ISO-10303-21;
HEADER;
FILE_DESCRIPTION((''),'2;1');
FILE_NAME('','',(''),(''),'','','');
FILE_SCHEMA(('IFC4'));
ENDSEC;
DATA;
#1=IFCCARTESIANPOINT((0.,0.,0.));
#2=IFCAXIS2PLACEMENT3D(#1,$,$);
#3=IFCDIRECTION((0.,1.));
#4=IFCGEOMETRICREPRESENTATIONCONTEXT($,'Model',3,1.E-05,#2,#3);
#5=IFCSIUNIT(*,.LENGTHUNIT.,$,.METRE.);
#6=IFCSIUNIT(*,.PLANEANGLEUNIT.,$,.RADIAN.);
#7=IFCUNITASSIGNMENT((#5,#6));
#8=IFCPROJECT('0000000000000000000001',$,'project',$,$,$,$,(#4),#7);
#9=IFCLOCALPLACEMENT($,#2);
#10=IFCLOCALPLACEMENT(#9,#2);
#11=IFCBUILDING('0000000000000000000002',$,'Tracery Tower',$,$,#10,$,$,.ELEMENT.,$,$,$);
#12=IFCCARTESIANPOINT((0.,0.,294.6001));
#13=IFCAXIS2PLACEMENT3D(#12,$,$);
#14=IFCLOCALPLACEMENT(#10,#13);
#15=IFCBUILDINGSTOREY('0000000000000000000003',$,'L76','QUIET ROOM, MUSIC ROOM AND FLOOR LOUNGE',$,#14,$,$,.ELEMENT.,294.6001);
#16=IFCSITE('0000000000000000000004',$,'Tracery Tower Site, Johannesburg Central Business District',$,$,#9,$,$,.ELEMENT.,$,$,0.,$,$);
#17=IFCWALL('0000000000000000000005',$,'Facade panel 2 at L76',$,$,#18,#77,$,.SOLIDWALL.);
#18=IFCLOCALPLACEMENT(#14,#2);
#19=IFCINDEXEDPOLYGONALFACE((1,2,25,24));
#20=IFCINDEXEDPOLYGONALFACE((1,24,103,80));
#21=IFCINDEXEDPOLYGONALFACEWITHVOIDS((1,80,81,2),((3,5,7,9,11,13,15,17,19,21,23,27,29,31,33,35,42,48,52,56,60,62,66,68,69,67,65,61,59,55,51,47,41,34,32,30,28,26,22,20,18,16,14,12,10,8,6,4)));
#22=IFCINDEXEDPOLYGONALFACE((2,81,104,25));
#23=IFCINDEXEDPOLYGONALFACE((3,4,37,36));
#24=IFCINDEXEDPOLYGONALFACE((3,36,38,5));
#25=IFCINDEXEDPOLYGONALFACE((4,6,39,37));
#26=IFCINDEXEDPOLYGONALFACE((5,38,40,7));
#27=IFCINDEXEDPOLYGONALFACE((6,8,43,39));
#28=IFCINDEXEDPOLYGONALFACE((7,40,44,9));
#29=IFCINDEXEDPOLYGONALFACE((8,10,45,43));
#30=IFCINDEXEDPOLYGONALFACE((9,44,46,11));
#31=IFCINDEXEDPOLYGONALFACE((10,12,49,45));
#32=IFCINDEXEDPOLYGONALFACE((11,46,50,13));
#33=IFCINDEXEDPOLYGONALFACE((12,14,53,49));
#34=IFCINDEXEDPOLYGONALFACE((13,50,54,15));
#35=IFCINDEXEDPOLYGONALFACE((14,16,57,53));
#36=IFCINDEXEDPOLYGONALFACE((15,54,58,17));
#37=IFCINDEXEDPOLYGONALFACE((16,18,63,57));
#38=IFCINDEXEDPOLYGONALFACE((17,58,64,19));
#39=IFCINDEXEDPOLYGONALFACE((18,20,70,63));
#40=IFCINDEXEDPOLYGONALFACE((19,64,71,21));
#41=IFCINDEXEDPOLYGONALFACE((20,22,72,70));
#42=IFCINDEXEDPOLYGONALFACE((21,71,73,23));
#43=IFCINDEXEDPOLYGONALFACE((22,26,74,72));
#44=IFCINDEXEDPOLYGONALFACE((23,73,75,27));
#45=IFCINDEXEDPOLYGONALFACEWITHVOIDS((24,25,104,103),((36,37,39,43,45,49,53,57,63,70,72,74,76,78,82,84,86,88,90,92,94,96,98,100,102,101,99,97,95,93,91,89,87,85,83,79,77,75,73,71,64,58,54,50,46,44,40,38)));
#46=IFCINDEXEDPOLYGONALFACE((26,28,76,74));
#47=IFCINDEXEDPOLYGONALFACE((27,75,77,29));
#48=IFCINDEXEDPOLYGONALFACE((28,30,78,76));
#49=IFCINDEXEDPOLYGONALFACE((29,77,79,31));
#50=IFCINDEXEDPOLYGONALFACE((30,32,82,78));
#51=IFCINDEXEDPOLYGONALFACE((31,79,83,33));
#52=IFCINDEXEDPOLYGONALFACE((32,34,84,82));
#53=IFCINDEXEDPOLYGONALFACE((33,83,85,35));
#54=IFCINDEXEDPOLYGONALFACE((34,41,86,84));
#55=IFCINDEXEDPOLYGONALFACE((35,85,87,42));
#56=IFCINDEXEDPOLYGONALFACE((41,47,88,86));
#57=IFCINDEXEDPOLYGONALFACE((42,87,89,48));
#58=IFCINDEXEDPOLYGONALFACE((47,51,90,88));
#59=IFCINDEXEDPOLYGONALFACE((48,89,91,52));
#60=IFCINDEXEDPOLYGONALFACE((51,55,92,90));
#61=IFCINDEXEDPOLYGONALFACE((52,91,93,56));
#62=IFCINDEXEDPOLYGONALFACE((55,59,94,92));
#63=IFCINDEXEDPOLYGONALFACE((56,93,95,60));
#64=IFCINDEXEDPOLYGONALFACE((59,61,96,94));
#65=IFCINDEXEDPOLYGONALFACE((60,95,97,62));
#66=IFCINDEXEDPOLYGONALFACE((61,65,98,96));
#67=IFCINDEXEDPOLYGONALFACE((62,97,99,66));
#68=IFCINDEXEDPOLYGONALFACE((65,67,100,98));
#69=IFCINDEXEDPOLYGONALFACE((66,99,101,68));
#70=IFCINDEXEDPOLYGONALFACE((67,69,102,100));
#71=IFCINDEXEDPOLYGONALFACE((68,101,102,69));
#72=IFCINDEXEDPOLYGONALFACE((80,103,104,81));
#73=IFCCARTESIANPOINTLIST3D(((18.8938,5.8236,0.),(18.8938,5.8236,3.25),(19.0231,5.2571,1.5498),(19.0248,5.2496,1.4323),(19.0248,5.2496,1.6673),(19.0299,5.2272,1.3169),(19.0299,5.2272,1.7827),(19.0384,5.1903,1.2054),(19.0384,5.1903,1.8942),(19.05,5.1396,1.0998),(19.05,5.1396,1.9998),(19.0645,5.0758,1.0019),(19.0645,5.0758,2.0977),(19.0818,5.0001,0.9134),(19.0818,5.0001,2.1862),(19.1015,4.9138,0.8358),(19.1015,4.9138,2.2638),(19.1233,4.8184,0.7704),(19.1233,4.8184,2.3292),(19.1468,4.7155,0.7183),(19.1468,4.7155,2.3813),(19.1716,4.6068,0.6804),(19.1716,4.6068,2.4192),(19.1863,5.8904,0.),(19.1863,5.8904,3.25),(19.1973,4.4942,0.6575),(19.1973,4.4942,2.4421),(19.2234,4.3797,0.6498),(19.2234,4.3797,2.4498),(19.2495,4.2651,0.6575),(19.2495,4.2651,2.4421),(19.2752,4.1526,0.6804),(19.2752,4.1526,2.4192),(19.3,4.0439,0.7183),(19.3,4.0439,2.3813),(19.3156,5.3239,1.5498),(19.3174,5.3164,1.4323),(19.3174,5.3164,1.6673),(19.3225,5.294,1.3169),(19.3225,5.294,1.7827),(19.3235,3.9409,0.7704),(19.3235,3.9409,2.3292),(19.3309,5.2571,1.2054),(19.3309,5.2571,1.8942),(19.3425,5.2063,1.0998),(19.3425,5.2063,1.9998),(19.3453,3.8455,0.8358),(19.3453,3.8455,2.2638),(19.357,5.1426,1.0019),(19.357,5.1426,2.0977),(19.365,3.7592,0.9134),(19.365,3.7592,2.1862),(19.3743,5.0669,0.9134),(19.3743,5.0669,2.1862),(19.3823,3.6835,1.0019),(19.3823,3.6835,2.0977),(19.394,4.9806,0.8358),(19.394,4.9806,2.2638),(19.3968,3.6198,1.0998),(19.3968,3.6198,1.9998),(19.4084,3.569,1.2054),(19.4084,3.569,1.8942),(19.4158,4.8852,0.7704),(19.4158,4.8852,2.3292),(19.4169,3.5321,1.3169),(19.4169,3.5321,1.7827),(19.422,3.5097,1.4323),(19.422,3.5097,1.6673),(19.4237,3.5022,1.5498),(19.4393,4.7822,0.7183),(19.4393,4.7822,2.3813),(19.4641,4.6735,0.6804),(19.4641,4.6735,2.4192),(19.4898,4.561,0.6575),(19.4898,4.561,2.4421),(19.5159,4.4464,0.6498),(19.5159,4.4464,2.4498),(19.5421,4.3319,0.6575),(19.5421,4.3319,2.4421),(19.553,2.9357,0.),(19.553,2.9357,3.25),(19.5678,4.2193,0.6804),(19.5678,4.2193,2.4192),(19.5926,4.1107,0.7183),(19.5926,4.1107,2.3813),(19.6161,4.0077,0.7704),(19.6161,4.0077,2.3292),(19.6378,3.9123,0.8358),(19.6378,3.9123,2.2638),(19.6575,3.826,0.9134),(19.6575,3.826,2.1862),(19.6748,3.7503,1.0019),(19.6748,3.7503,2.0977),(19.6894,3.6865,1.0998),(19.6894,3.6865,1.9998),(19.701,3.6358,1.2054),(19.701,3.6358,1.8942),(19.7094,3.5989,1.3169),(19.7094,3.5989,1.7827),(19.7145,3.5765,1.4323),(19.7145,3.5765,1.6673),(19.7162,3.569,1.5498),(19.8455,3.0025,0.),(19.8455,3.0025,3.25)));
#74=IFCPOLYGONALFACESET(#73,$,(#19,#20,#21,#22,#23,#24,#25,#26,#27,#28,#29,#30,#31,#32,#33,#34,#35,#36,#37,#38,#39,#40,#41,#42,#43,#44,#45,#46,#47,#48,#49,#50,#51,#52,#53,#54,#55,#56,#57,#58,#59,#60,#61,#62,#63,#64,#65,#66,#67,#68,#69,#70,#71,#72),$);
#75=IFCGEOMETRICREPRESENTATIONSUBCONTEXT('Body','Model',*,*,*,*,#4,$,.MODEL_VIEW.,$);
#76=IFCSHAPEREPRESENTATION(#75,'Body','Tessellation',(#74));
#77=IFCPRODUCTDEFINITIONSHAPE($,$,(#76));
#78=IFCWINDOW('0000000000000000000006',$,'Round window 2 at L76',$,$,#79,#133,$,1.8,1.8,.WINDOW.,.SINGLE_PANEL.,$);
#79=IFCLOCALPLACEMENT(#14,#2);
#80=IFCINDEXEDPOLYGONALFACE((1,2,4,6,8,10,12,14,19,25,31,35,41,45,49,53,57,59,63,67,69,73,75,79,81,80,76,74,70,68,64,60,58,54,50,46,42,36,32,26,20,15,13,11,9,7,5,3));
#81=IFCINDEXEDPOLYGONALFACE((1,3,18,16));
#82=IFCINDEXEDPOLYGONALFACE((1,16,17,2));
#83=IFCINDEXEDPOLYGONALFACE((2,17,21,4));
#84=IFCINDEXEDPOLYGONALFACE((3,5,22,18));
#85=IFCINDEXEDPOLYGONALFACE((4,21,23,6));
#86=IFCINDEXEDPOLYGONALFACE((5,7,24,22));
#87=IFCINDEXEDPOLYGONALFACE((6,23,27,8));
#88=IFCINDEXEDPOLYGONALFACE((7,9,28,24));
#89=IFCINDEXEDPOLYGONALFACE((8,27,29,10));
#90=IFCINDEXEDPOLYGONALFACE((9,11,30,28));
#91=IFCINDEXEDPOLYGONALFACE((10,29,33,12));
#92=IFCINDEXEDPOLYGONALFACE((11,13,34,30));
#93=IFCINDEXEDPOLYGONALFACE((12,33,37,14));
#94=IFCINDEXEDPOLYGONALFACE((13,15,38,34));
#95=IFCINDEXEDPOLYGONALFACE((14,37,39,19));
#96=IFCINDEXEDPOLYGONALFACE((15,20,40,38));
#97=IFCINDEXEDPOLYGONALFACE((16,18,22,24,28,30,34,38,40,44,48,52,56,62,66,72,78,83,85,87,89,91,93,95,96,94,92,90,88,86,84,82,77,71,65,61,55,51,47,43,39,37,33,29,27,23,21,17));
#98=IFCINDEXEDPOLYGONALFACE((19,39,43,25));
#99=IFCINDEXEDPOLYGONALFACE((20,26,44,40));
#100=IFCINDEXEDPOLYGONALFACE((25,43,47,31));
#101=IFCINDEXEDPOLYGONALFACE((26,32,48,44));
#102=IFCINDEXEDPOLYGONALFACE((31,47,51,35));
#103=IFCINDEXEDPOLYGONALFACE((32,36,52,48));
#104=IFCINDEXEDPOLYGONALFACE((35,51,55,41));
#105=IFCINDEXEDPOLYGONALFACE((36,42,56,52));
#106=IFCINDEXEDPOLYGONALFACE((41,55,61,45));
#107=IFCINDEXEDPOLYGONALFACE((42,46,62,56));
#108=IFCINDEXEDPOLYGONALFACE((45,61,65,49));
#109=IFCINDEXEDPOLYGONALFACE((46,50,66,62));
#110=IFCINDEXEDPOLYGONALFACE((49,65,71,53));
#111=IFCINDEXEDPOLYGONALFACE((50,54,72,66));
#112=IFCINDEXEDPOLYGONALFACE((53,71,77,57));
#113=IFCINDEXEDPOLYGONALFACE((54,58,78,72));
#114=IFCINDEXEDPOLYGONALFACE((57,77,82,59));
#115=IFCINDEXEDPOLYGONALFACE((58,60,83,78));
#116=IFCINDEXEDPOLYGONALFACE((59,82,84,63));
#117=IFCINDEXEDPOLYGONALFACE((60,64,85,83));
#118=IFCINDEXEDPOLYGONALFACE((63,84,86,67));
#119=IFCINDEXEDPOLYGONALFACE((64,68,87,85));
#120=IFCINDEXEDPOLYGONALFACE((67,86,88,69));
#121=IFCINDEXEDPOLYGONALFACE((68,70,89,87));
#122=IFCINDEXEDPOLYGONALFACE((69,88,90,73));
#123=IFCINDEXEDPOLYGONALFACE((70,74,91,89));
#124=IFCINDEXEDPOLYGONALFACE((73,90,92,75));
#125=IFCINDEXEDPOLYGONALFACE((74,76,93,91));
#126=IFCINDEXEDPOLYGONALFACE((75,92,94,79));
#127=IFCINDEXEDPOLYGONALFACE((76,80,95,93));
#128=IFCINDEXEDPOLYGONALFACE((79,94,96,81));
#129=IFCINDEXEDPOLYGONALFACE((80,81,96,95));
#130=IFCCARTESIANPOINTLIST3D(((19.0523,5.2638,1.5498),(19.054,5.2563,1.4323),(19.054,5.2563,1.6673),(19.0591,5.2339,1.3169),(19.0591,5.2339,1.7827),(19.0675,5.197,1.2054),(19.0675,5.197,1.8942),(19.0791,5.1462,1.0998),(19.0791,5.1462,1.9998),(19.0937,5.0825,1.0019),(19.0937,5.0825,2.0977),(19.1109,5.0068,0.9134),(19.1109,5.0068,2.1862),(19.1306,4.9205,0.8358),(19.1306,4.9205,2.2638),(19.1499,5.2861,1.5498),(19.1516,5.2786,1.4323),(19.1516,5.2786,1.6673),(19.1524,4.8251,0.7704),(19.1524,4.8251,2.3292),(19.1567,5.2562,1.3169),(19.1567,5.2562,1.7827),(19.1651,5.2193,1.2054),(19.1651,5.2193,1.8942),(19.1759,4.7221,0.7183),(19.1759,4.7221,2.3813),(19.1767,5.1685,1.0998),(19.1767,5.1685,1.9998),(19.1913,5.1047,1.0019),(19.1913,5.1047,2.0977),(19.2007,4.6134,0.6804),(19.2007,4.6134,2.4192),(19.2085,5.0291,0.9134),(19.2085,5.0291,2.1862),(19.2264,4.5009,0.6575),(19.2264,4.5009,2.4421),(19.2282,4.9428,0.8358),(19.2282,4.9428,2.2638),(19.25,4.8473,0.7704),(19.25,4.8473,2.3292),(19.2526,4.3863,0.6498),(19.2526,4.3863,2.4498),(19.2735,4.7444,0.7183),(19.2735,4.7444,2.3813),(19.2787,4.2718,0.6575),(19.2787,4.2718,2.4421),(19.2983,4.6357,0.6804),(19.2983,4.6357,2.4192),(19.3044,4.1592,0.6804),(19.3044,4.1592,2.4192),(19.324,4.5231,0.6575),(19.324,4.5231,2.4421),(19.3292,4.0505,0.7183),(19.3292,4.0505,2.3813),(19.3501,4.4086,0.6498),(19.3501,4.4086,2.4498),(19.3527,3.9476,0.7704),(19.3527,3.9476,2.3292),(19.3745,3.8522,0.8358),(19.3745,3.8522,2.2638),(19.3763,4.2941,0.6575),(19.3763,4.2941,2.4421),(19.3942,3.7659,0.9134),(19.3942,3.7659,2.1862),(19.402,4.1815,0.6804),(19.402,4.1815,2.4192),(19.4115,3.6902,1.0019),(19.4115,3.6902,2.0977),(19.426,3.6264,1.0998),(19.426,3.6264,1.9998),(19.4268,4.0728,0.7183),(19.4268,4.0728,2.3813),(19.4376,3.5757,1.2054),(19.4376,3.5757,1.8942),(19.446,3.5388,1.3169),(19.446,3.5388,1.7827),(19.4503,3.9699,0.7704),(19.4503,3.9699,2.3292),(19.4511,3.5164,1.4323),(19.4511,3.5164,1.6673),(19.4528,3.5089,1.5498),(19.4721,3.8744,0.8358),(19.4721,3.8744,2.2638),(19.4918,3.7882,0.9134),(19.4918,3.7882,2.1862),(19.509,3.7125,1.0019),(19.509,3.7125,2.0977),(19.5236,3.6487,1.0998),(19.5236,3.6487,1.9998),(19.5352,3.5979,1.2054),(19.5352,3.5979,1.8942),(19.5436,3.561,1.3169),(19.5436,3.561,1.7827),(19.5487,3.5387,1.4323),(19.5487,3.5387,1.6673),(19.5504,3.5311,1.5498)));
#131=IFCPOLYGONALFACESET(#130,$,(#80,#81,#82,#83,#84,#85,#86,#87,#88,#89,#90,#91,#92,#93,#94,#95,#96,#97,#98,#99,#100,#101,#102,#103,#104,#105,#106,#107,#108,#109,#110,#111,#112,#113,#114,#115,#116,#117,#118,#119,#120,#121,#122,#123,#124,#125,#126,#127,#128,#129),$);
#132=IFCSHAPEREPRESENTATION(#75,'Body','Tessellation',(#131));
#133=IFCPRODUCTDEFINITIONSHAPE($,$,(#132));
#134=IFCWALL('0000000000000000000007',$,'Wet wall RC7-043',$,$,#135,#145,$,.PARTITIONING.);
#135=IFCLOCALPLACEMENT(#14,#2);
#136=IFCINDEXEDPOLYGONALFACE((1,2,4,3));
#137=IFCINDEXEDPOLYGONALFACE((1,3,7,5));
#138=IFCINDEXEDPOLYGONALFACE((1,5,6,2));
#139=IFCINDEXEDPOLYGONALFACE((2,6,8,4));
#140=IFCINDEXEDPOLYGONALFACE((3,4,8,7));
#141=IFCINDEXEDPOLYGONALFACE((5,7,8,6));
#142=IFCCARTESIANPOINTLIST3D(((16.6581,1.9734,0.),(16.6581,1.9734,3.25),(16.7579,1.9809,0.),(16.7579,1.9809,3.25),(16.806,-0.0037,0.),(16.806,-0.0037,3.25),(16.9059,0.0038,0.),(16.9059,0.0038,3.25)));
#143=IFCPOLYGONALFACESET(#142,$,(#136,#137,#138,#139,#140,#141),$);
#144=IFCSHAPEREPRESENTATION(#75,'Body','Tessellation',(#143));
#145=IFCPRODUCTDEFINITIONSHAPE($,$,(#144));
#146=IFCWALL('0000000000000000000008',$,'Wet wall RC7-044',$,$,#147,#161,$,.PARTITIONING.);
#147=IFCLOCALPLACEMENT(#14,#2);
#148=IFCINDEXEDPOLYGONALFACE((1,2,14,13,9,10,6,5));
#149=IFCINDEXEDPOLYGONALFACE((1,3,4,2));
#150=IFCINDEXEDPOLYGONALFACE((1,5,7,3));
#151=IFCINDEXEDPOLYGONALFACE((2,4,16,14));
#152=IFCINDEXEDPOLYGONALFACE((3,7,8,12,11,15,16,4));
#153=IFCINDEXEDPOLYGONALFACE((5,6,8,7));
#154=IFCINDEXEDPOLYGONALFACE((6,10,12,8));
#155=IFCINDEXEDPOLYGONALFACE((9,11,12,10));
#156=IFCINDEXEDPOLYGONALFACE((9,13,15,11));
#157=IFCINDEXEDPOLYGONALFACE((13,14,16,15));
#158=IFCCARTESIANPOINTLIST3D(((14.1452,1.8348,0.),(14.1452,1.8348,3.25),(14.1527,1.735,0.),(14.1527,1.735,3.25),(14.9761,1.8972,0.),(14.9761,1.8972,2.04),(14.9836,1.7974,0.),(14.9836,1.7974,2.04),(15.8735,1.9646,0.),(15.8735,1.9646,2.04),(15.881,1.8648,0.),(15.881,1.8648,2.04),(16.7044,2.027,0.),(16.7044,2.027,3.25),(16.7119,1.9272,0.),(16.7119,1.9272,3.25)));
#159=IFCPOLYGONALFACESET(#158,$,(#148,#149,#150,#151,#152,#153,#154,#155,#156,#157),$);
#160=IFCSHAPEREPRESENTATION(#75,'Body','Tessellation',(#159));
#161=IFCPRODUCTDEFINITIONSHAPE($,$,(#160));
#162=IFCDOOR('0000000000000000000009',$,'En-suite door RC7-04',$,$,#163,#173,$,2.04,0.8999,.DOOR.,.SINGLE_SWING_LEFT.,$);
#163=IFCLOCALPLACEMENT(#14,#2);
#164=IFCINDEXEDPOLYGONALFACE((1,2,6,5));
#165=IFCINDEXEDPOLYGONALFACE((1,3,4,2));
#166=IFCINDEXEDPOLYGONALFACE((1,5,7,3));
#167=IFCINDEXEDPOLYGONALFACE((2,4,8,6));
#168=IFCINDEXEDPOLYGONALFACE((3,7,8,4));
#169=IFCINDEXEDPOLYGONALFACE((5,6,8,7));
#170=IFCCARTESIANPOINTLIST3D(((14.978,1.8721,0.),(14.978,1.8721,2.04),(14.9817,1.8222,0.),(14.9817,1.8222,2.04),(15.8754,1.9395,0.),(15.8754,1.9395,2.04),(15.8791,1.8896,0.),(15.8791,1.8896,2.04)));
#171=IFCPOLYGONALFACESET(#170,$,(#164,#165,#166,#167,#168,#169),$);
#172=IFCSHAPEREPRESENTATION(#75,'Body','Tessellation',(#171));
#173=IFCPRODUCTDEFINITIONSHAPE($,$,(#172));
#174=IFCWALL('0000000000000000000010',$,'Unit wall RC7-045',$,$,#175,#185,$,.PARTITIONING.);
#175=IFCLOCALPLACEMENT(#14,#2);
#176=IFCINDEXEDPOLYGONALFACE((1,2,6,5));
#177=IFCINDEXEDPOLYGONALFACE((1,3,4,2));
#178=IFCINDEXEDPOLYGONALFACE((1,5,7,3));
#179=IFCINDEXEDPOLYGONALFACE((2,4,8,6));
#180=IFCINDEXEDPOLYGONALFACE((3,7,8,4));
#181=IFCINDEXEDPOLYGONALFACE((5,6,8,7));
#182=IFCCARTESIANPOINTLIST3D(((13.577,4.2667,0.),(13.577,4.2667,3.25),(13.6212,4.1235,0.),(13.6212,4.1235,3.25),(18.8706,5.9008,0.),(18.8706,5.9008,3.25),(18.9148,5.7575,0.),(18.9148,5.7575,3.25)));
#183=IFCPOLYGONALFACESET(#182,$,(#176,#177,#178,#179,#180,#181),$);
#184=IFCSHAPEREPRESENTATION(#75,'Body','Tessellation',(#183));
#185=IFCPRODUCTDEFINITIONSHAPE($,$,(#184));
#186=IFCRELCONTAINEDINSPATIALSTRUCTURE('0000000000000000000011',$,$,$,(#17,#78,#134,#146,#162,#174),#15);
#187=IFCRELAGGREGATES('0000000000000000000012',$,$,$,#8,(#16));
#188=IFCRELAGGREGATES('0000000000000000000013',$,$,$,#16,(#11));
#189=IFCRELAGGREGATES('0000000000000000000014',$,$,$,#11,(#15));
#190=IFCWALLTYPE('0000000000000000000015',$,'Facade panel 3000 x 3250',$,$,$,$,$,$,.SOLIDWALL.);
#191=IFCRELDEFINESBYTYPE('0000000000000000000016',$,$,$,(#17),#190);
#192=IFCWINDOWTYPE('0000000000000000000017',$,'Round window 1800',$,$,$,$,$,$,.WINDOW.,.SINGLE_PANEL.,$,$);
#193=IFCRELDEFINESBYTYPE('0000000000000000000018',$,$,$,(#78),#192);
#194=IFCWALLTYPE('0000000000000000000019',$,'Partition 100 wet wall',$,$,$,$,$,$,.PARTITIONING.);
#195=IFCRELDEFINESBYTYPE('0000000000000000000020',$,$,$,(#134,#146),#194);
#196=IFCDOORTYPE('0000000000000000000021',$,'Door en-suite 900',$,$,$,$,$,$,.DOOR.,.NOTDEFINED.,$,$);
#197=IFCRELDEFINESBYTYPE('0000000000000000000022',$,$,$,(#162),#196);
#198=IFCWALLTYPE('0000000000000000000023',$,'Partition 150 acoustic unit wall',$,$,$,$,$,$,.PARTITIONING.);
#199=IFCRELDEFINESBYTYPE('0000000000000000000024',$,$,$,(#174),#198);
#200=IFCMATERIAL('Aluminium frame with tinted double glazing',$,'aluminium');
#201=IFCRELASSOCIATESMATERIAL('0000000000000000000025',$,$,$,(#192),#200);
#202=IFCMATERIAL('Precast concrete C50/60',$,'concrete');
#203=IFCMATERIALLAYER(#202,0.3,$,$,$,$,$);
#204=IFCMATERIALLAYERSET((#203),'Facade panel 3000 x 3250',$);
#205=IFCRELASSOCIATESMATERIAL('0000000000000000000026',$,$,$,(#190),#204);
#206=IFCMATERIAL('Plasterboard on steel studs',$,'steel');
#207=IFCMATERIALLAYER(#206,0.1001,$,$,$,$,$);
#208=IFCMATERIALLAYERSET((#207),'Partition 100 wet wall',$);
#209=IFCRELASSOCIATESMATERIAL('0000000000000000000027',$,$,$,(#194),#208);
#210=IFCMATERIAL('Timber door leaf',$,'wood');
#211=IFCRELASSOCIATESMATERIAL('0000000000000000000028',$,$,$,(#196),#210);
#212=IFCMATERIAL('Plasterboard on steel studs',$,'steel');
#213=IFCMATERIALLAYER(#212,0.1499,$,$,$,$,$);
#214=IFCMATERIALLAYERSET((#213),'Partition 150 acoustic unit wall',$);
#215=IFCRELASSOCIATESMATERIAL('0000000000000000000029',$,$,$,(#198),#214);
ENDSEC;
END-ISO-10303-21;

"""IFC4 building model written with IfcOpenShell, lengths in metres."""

from ifc_helpers import new_model, si_unit, direction, frame, frame_2d, origin, origin_2d, place, context, subcontext, project, spatial, rectangle, circle, extrude, material, layer, layer_set, type_object, element, fill, save


model = new_model("IFC4")

# Units and contexts
model_context = context("Model", 3, precision=1e-05, world=origin(), true_north=direction((0.0, 1.0)))
body_context = subcontext(model_context, "Body", "Model", "MODEL_VIEW")
ifc_project = project(units=[si_unit("LENGTHUNIT", "METRE"), si_unit("PLANEANGLEUNIT", "RADIAN")], contexts=[model_context])

# Site, building, storey
site_placement = place(None, origin())
site = spatial("IfcSite", under=ifc_project, at=site_placement, Name="Tracery Tower Site, Johannesburg Central Business District", CompositionType="ELEMENT", RefElevation=0.0)
building_placement = place(site_placement, origin())
building = spatial("IfcBuilding", under=site, at=building_placement, Name="Tracery Tower", CompositionType="ELEMENT")
storey_placement = place(building_placement, frame((0.0, 0.0, 294.6001)))
storey = spatial("IfcBuildingStorey", under=building, at=storey_placement, Name="L76", Description="QUIET ROOM, MUSIC ROOM AND FLOOR LOUNGE", CompositionType="ELEMENT", Elevation=294.6001)

# Wall, opening, window
ifc_material_1 = material(Name="Aluminium frame with tinted double glazing", Category="aluminium")
window_type = type_object("IfcWindowType", Name="Round window 1800", PartitioningType="SINGLE_PANEL", PredefinedType="WINDOW", material=ifc_material_1)
ifc_material_2 = material(Name="Precast concrete C50/60", Category="concrete")
ifc_layer_1 = layer(ifc_material_2, 0.3)
ifc_layer_set_1 = layer_set([ifc_layer_1], Name="Facade panel 3000 x 3250")
wall_type_1 = type_object("IfcWallType", Name="Facade panel 3000 x 3250", PredefinedType="SOLIDWALL", material=ifc_layer_set_1)
wall_1_placement = place(storey_placement, frame((19.6992, 2.9692, 0.0), z_axis=(0.0, 0.0, 1.0), x_axis=(-0.222529, 0.974926, 0.0)))
wall_1 = element("IfcWall", 1, at=wall_1_placement, inside=storey, type_object=wall_type_1, Name="Facade panel 2 at L76", PredefinedType="SOLIDWALL", context=body_context, shape_type="SweptSolid", body=[
    extrude(rectangle(XDim=2.9622, YDim=0.3, at=frame_2d((1.481, 0.0))), origin(), (0.0, 0.0, 1.0), 3.25),
])
opening_1_placement = place(wall_1_placement, frame((1.481, 0.0, 1.5498)))
opening_1 = element("IfcOpeningElement", 2, at=opening_1_placement, cuts=wall_1, PredefinedType="OPENING", context=body_context, shape_type="SweptSolid", body=[
    extrude(circle(Radius=0.9, at=origin_2d()), frame((0.0, 0.1599, 0.0), z_axis=(0.0, -1.0, 0.0), x_axis=(1.0, 0.0, 0.0)), (0.0, 0.0, 1.0), 0.3201),
])
window_1_placement = place(opening_1_placement, origin())
window_1 = element("IfcWindow", 3, at=window_1_placement, inside=storey, type_object=window_type, Name="Round window 2 at L76", OverallHeight=1.8, OverallWidth=1.8, PartitioningType="SINGLE_PANEL", PredefinedType="WINDOW", context=body_context, shape_type="SweptSolid", body=[
    extrude(circle(Radius=0.9, at=origin_2d()), frame((0.0, 0.1201, 0.0), z_axis=(0.0, -1.0, 0.0), x_axis=(1.0, 0.0, 0.0)), (0.0, 0.0, 1.0), 0.1001),
])
fill(opening_1, window_1)

# Wall
ifc_material_3 = material(Name="Plasterboard on steel studs", Category="steel")
ifc_layer_2 = layer(ifc_material_3, 0.1001)
ifc_layer_set_2 = layer_set([ifc_layer_2], Name="Partition 100 wet wall")
wall_type_2 = type_object("IfcWallType", Name="Partition 100 wet wall", PredefinedType="PARTITIONING", material=ifc_layer_set_2)
wall_2_placement = place(storey_placement, frame((16.708, 1.9771, 0.0), z_axis=(0.0, 0.0, 1.0), x_axis=(0.074625, -0.997212, 0.0)))
element("IfcWall", 4, at=wall_2_placement, inside=storey, type_object=wall_type_2, Name="Wet wall RC7-043", PredefinedType="PARTITIONING", context=body_context, shape_type="SweptSolid", body=[
    extrude(rectangle(XDim=1.9827, YDim=0.1001, at=frame_2d((0.9912, 0.0))), origin(), (0.0, 0.0, 1.0), 3.25),
])

# Wall, opening, door
wall_3_placement = place(storey_placement, frame((14.1489, 1.7849, 0.0), z_axis=(0.0, 0.0, 1.0), x_axis=(0.997193, 0.07487, 0.0)))
wall_3 = element("IfcWall", 5, at=wall_3_placement, inside=storey, type_object=wall_type_2, Name="Wet wall RC7-044", PredefinedType="PARTITIONING", context=body_context, shape_type="SweptSolid", body=[
    extrude(rectangle(XDim=2.5664, YDim=0.1001, at=frame_2d((1.2832, 0.0))), origin(), (0.0, 0.0, 1.0), 3.25),
])
opening_2_placement = place(wall_3_placement, frame((0.8333, 0.0, 0.0)))
opening_2 = element("IfcOpeningElement", 6, at=opening_2_placement, cuts=wall_3, PredefinedType="OPENING", context=body_context, shape_type="SweptSolid", body=[
    extrude(rectangle(XDim=0.8999, YDim=2.04, at=frame_2d((0.45, 1.02))), frame((0.0, 0.05, 0.0), z_axis=(0.0, -1.0, 0.0), x_axis=(1.0, 0.0, 0.0)), (0.0, 0.0, 1.0), 0.1001),
])
ifc_material_4 = material(Name="Timber door leaf", Category="wood")
door_type_1 = type_object("IfcDoorType", Name="Door en-suite 900", OperationType="NOTDEFINED", PredefinedType="DOOR", material=ifc_material_4)
door_1_placement = place(opening_2_placement, origin())
door_1 = element("IfcDoor", 7, at=door_1_placement, inside=storey, type_object=door_type_1, Name="En-suite door RC7-04", OperationType="SINGLE_SWING_LEFT", OverallHeight=2.04, OverallWidth=0.8999, PredefinedType="DOOR", context=body_context, shape_type="SweptSolid", body=[
    extrude(rectangle(XDim=0.8999, YDim=2.04, at=frame_2d((0.45, 1.02))), frame((0.0, 0.0249, 0.0), z_axis=(0.0, -1.0, 0.0), x_axis=(1.0, 0.0, 0.0)), (0.0, 0.0, 1.0), 0.05),
])
fill(opening_2, door_1)

# Wall
ifc_material_5 = material(Name="Plasterboard on steel studs", Category="steel")
ifc_layer_3 = layer(ifc_material_5, 0.1499)
ifc_layer_set_3 = layer_set([ifc_layer_3], Name="Partition 150 acoustic unit wall")
wall_type_3 = type_object("IfcWallType", Name="Partition 150 acoustic unit wall", PredefinedType="PARTITIONING", material=ifc_layer_set_3)
wall_4_placement = place(storey_placement, frame((13.5991, 4.1951, 0.0), z_axis=(0.0, 0.0, 1.0), x_axis=(0.955511, 0.294956, 0.0)))
element("IfcWall", 8, at=wall_4_placement, inside=storey, type_object=wall_type_3, Name="Unit wall RC7-045", PredefinedType="PARTITIONING", context=body_context, shape_type="SweptSolid", body=[
    extrude(rectangle(XDim=5.54, YDim=0.1499, at=frame_2d((2.77, 0.0))), origin(), (0.0, 0.0, 1.0), 3.25),
])

save(model, "model.ifc")
